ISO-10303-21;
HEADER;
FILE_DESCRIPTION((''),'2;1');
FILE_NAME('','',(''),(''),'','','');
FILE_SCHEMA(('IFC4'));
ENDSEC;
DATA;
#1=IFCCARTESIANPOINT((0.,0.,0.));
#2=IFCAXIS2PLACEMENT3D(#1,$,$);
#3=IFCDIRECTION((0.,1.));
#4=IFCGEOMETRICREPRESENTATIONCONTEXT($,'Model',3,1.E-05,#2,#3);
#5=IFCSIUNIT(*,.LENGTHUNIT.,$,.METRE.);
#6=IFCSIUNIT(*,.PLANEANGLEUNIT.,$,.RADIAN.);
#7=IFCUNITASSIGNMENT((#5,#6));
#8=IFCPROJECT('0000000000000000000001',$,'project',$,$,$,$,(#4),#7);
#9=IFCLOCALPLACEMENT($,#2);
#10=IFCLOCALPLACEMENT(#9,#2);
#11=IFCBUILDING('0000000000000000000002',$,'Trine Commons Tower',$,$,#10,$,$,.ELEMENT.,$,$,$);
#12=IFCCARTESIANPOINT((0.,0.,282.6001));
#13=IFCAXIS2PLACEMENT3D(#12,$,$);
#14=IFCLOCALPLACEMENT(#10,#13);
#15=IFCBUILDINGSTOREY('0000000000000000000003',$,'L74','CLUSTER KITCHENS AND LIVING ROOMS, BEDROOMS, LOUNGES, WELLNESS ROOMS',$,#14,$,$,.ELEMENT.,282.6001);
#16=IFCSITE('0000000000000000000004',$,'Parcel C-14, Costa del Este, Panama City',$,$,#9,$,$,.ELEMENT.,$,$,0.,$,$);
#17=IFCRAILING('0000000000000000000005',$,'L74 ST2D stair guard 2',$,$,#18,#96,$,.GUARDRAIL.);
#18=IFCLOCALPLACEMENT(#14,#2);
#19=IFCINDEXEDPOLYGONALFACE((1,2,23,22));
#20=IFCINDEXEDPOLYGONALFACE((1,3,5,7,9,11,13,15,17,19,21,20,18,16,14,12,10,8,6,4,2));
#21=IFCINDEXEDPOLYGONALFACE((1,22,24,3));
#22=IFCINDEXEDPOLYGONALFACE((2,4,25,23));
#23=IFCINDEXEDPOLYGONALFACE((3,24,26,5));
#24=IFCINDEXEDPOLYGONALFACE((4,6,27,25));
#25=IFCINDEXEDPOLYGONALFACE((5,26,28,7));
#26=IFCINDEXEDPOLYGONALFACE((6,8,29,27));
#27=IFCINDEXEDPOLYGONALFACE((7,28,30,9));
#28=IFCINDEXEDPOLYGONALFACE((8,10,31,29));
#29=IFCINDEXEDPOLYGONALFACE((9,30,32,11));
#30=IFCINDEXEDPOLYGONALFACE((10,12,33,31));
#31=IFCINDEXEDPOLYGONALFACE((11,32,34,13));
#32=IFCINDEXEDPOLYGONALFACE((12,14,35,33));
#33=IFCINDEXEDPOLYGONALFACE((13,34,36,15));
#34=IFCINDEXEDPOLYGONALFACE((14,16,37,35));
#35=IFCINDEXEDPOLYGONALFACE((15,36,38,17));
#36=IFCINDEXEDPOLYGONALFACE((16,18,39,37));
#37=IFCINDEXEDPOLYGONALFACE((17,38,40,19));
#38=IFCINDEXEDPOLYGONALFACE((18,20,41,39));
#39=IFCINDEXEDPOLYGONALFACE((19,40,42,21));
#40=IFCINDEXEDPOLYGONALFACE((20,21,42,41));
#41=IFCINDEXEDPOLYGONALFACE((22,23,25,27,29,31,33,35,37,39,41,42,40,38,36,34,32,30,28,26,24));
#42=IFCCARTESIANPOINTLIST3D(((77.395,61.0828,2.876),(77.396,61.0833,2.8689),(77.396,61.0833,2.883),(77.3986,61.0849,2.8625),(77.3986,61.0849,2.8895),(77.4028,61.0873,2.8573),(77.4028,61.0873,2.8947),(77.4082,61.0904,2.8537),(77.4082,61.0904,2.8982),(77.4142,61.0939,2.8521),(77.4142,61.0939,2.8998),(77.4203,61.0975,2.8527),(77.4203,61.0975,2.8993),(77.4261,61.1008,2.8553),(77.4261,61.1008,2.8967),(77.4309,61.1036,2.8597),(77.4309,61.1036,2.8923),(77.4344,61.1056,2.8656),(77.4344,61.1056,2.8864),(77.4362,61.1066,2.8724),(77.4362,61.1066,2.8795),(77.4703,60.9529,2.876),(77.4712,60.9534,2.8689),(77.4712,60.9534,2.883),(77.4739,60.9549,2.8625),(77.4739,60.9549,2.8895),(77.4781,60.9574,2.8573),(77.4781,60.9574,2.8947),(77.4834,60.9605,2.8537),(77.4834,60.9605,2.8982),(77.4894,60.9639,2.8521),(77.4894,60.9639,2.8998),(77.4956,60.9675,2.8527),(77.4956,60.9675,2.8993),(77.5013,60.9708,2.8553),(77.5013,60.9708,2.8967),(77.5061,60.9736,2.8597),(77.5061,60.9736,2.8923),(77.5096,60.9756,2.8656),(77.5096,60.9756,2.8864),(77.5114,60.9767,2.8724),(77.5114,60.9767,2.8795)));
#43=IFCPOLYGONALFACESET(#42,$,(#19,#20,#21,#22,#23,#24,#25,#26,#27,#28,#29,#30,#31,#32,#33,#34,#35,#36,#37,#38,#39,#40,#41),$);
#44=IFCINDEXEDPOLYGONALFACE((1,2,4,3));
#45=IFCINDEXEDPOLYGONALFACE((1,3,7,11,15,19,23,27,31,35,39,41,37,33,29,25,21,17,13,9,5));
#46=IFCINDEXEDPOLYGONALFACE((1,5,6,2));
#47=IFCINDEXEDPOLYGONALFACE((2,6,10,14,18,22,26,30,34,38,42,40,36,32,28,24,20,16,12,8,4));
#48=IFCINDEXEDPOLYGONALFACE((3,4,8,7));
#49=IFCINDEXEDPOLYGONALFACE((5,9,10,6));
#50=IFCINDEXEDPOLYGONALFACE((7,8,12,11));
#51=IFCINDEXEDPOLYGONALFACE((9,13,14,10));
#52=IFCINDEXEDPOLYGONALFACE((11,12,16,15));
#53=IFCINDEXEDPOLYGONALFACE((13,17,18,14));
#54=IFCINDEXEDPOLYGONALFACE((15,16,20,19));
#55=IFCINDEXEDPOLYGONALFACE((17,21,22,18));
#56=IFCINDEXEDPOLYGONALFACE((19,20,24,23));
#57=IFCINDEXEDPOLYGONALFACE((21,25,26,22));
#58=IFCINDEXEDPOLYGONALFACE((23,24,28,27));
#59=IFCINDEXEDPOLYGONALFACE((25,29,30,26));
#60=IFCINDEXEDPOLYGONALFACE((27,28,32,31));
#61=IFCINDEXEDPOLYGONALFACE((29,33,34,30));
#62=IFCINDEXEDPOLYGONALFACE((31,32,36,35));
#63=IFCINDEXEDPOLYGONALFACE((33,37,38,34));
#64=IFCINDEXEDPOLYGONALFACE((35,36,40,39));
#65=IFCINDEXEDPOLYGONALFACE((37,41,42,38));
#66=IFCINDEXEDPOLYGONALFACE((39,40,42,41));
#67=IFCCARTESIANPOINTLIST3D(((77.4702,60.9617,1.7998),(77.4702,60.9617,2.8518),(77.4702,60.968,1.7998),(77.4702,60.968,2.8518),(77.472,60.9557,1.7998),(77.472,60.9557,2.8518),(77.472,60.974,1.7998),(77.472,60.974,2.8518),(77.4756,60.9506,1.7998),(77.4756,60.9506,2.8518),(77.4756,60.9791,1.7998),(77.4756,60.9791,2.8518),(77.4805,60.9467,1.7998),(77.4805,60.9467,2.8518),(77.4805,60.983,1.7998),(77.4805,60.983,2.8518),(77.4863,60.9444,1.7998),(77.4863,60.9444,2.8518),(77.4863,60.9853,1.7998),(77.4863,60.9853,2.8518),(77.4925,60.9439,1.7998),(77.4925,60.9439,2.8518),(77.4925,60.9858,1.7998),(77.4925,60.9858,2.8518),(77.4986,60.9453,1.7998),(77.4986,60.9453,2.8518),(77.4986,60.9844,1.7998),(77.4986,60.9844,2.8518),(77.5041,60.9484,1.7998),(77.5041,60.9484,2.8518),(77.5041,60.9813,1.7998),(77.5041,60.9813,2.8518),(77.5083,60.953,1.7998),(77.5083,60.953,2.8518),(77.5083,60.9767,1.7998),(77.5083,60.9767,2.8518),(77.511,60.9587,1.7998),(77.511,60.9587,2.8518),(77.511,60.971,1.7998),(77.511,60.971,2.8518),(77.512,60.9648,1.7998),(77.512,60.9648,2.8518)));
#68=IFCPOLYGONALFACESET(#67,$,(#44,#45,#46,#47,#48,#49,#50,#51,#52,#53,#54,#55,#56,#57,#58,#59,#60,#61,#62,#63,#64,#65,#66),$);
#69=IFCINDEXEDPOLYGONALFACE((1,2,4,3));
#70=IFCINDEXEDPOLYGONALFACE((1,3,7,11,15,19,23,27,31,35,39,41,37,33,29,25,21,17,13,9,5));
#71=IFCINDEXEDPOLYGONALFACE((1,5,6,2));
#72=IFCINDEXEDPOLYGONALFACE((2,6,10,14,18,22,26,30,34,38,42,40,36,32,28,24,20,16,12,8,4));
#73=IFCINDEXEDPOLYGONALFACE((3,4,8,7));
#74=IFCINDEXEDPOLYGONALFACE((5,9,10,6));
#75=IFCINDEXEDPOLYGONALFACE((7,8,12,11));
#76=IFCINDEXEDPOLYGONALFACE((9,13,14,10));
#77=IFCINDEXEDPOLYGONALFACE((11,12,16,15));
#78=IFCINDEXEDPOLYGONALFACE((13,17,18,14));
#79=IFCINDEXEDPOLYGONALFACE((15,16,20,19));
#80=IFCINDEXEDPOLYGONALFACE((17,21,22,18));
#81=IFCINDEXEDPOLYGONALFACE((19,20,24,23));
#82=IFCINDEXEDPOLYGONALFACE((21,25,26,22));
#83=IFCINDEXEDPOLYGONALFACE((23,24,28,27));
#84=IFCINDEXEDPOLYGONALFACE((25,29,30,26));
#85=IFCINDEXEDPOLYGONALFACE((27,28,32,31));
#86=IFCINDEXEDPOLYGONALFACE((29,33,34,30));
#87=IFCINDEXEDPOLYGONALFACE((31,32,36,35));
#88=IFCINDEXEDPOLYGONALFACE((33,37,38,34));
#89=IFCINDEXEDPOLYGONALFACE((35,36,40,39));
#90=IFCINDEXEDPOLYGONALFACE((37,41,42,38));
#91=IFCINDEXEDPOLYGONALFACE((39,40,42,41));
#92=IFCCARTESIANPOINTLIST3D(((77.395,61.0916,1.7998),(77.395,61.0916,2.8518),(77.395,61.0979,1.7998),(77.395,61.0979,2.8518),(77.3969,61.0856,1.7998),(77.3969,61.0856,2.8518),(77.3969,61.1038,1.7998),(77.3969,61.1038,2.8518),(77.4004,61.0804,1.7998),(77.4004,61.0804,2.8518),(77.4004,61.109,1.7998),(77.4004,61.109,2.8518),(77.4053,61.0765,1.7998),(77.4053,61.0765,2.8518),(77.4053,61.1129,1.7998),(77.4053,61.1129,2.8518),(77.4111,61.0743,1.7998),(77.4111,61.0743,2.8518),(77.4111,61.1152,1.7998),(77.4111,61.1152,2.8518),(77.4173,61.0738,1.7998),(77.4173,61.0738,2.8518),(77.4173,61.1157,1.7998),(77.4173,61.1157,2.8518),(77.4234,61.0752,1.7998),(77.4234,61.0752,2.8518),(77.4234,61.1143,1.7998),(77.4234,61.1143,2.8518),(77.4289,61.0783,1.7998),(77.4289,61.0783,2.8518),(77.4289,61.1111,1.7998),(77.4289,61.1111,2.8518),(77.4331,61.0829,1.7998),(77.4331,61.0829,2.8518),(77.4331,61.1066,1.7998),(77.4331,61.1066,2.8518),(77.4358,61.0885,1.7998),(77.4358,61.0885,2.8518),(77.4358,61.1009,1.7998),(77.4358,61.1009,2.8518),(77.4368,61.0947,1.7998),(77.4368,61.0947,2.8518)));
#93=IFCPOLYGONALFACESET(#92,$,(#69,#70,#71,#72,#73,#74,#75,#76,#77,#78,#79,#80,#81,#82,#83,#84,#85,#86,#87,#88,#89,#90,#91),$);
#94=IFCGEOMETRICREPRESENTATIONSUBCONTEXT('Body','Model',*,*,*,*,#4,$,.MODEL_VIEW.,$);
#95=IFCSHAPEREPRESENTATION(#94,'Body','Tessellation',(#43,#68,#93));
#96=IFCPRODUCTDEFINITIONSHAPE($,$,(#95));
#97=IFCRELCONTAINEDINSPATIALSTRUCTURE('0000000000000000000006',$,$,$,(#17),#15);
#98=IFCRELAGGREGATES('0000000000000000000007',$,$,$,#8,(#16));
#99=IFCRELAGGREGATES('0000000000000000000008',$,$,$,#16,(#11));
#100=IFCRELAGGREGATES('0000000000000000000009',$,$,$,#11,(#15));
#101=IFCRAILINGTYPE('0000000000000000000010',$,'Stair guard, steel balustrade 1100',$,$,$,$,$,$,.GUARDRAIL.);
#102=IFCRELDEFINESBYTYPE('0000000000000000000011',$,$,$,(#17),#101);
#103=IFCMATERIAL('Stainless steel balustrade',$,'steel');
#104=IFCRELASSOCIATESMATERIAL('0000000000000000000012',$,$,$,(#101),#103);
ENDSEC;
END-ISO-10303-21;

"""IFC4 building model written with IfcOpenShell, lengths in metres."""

from ifc_helpers import new_model, si_unit, direction, frame, origin, origin_2d, place, context, subcontext, project, spatial, circle, extrude, material, type_object, element, save


model = new_model("IFC4")

# Units and contexts
model_context = context("Model", 3, precision=1e-05, world=origin(), true_north=direction((0.0, 1.0)))
body_context = subcontext(model_context, "Body", "Model", "MODEL_VIEW")
ifc_project = project(units=[si_unit("LENGTHUNIT", "METRE"), si_unit("PLANEANGLEUNIT", "RADIAN")], contexts=[model_context])

# Site, building, storey
site_placement = place(None, origin())
site = spatial("IfcSite", under=ifc_project, at=site_placement, Name="Parcel C-14, Costa del Este, Panama City", CompositionType="ELEMENT", RefElevation=0.0)
building_placement = place(site_placement, origin())
building = spatial("IfcBuilding", under=site, at=building_placement, Name="Trine Commons Tower", CompositionType="ELEMENT")
storey_placement = place(building_placement, frame((0.0, 0.0, 282.6001)))
storey = spatial("IfcBuildingStorey", under=building, at=storey_placement, Name="L74", Description="CLUSTER KITCHENS AND LIVING ROOMS, BEDROOMS, LOUNGES, WELLNESS ROOMS", CompositionType="ELEMENT", Elevation=282.6001)

# Railing
ifc_material_1 = material(Name="Stainless steel balustrade", Category="steel")
railing_type_1 = type_object("IfcRailingType", Name="Stair guard, steel balustrade 1100", PredefinedType="GUARDRAIL", material=ifc_material_1)
railing_1_placement = place(storey_placement, frame((77.491, 60.9648, 1.7998)))
element("IfcRailing", 1, at=railing_1_placement, inside=storey, type_object=railing_type_1, Name="L74 ST2D stair guard 2", PredefinedType="GUARDRAIL", context=body_context, shape_type="SweptSolid", body=[
    extrude(circle(Radius=0.0239, at=origin_2d()), frame((0.0, 0.0, 1.0762), z_axis=(-0.501036, 0.865426, 0.0), x_axis=(-0.865426, -0.501036, 0.0)), (0.0, 0.0, 1.0), 0.1501),
    extrude(circle(Radius=0.021, at=origin_2d()), origin(), (0.0, 0.0, 1.0), 1.052),
    extrude(circle(Radius=0.021, at=origin_2d()), frame((-0.0752, 0.1299, 0.0)), (0.0, 0.0, 1.0), 1.052),
])

save(model, "model.ifc")
